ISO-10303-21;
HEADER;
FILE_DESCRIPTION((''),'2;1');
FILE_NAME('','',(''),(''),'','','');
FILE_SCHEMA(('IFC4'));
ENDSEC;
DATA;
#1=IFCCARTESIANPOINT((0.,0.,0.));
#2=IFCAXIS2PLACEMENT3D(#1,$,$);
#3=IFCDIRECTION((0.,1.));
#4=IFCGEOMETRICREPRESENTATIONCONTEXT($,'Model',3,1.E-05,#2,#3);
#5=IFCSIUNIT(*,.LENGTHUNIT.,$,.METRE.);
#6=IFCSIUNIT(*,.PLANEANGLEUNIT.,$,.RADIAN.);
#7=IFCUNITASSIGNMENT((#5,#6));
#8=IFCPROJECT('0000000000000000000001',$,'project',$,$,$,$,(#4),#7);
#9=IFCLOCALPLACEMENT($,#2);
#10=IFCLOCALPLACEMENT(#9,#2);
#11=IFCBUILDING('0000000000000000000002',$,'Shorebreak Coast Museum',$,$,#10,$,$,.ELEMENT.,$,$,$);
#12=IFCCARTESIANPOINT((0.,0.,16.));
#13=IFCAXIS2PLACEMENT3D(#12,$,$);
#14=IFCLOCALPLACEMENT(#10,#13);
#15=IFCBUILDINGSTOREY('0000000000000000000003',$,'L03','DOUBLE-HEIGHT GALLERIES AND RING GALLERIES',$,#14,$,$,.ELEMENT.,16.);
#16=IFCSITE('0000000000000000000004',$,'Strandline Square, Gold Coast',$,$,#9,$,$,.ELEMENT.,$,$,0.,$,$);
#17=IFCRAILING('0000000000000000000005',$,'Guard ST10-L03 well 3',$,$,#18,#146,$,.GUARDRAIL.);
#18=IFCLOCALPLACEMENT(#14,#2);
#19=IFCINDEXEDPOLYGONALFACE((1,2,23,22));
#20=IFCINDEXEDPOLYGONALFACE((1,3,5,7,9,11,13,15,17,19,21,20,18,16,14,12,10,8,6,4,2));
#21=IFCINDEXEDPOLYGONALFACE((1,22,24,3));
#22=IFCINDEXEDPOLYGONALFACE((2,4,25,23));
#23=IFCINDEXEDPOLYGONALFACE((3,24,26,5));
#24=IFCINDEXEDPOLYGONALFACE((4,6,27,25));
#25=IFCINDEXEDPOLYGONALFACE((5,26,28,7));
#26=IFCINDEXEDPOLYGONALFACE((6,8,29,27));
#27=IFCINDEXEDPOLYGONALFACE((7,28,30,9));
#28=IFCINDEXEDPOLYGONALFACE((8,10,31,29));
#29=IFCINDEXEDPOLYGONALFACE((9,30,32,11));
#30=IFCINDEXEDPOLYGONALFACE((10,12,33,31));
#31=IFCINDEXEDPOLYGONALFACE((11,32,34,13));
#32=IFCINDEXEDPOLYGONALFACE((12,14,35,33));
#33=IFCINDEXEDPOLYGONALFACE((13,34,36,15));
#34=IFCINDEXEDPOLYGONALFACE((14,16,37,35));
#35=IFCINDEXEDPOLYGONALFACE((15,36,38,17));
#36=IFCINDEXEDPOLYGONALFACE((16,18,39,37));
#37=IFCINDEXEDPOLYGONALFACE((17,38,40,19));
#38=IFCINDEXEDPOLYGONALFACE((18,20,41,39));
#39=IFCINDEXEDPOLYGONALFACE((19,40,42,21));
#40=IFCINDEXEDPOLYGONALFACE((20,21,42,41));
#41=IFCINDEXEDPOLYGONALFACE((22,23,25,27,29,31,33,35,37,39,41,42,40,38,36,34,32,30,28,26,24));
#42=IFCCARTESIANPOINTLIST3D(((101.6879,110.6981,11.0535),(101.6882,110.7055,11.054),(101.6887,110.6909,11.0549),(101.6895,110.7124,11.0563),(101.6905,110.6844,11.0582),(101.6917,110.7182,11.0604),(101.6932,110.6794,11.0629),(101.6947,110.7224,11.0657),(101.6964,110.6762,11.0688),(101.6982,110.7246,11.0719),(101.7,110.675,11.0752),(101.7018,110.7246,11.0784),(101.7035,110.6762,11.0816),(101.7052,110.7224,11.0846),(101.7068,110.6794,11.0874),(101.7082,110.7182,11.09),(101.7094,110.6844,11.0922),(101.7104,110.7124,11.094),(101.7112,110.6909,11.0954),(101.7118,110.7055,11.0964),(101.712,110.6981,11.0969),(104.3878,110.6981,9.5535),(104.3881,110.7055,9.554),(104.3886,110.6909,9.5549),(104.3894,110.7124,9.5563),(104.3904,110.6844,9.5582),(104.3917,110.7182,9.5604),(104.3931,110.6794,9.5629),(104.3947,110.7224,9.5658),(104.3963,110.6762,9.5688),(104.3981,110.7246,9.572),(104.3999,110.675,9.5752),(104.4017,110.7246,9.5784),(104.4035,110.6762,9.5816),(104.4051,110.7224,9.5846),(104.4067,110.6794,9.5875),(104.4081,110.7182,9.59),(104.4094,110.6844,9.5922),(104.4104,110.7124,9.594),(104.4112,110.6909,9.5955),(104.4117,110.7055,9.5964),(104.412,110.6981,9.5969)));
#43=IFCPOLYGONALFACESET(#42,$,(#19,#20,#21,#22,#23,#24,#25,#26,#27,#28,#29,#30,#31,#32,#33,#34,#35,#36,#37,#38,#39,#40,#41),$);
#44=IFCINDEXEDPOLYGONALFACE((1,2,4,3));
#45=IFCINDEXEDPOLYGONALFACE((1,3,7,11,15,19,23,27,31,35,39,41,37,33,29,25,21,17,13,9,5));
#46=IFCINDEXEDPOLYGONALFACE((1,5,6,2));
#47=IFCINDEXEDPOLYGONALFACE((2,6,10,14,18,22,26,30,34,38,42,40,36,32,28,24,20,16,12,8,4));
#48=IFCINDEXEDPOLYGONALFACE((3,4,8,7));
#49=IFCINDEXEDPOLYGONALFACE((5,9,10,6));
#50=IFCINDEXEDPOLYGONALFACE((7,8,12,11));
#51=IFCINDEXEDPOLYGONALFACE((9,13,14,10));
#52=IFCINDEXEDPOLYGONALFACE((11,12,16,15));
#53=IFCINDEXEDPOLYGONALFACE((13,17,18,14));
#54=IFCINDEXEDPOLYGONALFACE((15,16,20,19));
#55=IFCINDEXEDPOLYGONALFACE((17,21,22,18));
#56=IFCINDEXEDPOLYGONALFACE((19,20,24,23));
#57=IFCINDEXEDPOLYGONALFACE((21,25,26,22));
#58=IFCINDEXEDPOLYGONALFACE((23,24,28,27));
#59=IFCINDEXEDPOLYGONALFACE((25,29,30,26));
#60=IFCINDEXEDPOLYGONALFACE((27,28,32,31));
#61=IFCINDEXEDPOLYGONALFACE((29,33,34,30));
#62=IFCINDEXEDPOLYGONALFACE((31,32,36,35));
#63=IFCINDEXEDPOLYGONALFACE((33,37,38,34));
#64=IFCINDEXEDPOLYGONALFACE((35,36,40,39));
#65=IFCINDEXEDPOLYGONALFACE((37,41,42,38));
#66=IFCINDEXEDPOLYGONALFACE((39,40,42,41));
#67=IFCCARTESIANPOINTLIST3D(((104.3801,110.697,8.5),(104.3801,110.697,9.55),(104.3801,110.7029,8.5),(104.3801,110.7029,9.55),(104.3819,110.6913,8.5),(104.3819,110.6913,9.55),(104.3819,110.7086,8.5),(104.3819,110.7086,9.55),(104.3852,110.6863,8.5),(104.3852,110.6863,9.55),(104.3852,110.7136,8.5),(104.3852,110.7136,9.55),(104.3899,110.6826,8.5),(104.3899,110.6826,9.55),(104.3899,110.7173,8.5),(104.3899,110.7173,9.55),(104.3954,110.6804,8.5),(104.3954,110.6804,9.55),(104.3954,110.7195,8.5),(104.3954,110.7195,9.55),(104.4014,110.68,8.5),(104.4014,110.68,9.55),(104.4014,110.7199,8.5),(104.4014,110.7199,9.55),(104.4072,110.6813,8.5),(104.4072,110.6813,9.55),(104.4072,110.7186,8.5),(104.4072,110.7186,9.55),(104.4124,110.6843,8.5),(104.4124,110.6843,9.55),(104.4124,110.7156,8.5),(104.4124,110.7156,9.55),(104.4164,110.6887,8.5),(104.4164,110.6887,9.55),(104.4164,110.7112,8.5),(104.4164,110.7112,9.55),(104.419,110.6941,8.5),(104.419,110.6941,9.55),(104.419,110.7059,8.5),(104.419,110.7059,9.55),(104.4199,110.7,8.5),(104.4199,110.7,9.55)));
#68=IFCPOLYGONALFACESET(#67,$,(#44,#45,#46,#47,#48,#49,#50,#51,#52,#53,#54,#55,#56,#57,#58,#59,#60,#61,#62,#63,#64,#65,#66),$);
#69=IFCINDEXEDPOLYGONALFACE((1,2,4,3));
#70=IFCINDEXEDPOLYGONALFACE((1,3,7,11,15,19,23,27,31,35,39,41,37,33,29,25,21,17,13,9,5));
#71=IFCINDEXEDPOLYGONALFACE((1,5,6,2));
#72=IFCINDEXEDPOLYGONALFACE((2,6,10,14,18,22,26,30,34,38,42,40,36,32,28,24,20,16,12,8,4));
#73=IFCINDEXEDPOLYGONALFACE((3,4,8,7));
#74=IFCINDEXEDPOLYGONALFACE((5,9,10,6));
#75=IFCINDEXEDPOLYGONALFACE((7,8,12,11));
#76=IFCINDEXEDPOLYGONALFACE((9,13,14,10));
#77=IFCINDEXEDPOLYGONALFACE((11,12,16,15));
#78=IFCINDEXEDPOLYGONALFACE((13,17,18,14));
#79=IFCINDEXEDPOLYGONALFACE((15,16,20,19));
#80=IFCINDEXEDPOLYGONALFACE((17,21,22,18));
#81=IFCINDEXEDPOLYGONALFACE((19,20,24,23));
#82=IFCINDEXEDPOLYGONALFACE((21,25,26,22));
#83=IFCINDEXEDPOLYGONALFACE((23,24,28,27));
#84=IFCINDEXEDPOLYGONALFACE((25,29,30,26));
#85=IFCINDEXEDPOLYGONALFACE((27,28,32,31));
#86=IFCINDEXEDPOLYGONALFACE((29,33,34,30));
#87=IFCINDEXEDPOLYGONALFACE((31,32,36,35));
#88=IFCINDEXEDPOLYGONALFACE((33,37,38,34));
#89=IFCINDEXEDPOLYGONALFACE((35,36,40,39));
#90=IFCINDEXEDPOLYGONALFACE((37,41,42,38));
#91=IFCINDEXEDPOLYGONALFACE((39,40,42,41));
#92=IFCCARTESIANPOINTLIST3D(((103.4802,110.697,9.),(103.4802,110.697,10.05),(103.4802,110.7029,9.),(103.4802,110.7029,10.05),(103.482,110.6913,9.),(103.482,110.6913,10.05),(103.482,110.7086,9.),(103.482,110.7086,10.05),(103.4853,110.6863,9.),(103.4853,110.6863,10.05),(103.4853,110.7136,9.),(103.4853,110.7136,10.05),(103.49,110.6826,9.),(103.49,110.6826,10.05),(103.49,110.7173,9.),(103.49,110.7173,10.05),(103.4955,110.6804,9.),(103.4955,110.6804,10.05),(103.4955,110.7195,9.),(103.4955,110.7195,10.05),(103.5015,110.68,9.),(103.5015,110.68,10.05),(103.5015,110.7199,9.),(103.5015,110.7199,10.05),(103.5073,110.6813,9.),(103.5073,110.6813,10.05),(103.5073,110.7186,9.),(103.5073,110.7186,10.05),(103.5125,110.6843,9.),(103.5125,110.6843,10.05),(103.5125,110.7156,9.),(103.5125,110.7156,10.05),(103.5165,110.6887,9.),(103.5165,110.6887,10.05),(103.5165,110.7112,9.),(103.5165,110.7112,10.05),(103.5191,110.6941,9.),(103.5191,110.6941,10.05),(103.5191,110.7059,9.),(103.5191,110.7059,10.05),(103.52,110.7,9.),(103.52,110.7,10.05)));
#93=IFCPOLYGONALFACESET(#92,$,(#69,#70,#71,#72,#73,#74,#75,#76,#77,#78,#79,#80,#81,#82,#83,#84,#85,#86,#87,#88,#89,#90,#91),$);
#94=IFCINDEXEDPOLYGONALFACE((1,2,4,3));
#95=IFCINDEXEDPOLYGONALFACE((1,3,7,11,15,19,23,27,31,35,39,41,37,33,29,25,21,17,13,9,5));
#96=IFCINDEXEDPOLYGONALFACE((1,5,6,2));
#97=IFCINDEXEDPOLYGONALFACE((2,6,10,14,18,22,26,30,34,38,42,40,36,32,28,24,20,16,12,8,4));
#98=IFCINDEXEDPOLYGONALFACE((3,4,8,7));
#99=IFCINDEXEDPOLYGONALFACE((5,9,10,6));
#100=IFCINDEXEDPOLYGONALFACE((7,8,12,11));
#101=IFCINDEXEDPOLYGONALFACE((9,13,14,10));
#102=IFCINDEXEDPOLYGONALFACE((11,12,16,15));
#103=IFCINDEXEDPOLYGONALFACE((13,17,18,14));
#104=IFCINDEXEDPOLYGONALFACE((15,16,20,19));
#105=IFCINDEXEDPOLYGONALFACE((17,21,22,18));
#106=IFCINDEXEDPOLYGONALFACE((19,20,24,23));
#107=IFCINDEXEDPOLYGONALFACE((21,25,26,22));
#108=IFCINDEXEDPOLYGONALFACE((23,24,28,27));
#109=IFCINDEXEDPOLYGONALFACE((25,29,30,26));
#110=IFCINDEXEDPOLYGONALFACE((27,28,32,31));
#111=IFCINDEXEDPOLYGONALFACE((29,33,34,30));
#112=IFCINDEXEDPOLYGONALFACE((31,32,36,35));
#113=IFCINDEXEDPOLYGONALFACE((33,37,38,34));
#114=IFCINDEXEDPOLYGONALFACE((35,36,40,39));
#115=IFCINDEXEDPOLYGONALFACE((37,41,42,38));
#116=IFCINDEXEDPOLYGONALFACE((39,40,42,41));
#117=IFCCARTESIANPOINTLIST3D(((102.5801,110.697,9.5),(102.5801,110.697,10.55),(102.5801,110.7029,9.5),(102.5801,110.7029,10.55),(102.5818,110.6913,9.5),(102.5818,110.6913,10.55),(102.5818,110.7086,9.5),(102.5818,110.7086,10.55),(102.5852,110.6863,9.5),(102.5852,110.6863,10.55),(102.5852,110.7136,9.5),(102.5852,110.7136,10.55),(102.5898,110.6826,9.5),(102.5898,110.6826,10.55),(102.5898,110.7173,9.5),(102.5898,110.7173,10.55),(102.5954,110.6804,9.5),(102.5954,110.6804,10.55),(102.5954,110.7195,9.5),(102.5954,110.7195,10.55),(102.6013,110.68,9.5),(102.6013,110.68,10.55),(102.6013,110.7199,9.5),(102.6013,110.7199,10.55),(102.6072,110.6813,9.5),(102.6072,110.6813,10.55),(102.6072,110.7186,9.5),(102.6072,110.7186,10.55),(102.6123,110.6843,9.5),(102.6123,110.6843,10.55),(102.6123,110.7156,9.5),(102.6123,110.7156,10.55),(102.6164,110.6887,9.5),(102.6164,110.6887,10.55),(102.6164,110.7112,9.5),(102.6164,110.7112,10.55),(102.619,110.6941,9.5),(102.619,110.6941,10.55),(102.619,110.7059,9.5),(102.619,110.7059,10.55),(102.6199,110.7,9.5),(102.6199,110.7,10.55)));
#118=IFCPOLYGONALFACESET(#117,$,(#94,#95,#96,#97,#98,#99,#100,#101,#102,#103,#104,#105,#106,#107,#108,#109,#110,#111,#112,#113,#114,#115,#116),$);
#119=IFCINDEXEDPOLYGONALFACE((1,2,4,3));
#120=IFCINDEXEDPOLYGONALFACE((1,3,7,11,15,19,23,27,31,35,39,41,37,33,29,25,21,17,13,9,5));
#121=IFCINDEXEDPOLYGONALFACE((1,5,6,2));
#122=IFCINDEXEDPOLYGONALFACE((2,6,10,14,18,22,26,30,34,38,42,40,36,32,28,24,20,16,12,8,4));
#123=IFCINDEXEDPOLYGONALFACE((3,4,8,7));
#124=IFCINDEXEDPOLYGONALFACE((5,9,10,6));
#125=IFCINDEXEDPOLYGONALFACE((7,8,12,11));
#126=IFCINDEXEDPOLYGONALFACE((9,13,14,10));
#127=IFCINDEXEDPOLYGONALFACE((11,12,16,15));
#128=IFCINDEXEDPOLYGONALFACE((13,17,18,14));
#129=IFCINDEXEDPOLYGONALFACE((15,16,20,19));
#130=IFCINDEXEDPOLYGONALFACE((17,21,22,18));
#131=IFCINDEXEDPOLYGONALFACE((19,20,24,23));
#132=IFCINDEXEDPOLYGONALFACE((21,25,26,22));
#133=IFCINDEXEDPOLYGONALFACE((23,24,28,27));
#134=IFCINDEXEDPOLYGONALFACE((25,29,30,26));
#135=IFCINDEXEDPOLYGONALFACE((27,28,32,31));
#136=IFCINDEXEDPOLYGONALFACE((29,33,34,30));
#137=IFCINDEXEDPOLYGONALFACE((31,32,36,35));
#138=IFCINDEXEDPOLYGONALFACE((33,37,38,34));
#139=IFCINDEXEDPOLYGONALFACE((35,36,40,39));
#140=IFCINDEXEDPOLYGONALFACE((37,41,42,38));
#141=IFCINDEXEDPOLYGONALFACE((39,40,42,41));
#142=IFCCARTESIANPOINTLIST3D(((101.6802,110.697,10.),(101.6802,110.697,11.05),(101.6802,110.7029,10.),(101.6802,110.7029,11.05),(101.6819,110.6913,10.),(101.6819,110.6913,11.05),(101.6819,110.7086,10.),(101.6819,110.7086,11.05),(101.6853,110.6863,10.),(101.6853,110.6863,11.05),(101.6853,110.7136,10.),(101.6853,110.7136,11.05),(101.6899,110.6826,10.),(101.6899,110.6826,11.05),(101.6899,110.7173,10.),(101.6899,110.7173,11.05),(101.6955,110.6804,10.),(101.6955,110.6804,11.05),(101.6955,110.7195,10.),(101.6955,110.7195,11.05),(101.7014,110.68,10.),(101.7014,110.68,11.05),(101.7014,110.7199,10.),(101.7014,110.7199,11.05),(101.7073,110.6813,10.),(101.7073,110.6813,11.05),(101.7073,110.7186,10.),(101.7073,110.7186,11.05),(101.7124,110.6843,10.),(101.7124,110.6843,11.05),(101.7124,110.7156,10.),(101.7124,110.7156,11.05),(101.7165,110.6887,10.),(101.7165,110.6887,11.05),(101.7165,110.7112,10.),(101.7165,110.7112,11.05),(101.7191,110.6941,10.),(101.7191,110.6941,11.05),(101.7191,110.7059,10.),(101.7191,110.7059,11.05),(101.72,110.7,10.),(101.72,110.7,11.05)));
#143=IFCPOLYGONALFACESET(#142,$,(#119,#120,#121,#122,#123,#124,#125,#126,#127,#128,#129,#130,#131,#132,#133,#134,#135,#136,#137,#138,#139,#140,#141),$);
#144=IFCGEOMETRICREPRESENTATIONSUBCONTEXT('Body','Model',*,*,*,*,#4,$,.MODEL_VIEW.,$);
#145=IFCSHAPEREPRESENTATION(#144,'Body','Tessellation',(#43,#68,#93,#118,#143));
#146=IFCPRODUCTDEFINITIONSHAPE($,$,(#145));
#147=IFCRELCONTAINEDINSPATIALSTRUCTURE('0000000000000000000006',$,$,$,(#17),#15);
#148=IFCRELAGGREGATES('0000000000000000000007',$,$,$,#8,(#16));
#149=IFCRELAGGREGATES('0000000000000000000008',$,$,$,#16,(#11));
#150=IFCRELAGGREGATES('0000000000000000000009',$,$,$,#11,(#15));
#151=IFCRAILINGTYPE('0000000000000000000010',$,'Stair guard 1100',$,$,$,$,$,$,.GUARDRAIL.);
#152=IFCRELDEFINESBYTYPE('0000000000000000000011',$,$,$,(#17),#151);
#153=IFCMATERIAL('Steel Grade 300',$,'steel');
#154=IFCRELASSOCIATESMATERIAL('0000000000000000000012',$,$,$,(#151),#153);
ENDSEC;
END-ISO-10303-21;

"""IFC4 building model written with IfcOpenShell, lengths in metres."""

from ifc_helpers import new_model, si_unit, direction, frame, origin, origin_2d, place, context, subcontext, project, spatial, circle, extrude, material, type_object, element, save


model = new_model("IFC4")

# Units and contexts
model_context = context("Model", 3, precision=1e-05, world=origin(), true_north=direction((0.0, 1.0)))
body_context = subcontext(model_context, "Body", "Model", "MODEL_VIEW")
ifc_project = project(units=[si_unit("LENGTHUNIT", "METRE"), si_unit("PLANEANGLEUNIT", "RADIAN")], contexts=[model_context])

# Site, building, storey
site_placement = place(None, origin())
site = spatial("IfcSite", under=ifc_project, at=site_placement, Name="Strandline Square, Gold Coast", CompositionType="ELEMENT", RefElevation=0.0)
building_placement = place(site_placement, origin())
building = spatial("IfcBuilding", under=site, at=building_placement, Name="Shorebreak Coast Museum", CompositionType="ELEMENT")
storey_placement = place(building_placement, frame((0.0, 0.0, 16.0)))
storey = spatial("IfcBuildingStorey", under=building, at=storey_placement, Name="L03", Description="DOUBLE-HEIGHT GALLERIES AND RING GALLERIES", CompositionType="ELEMENT", Elevation=16.0)

# Railing
ifc_material_1 = material(Name="Steel Grade 300", Category="steel")
railing_type_1 = type_object("IfcRailingType", Name="Stair guard 1100", PredefinedType="GUARDRAIL", material=ifc_material_1)
for number, where, name in (
    (1, (104.3999, 110.7, 8.5), "Guard ST10-L03 well 3"),
):
    element("IfcRailing", number, at=place(storey_placement, frame(where)), inside=storey, type_object=railing_type_1, Name=name, PredefinedType="GUARDRAIL", context=body_context, shape_type="SweptSolid", body=[
        extrude(circle(Radius=0.0249, at=origin_2d()), frame((0.0, 0.0, 1.0752), z_axis=(-0.874154, 0.0, 0.48565), x_axis=(0.0, -1.0, 0.0)), (0.0, 0.0, 1.0), 3.0886),
        extrude(circle(Radius=0.02, at=origin_2d()), origin(), (0.0, 0.0, 1.0), 1.05),
        extrude(circle(Radius=0.02, at=origin_2d()), frame((-0.8999, 0.0, 0.5)), (0.0, 0.0, 1.0), 1.05),
        extrude(circle(Radius=0.02, at=origin_2d()), frame((-1.8, 0.0, 1.0)), (0.0, 0.0, 1.0), 1.05),
        extrude(circle(Radius=0.02, at=origin_2d()), frame((-2.7, 0.0, 1.5)), (0.0, 0.0, 1.0), 1.05),
    ])

save(model, "model.ifc")
